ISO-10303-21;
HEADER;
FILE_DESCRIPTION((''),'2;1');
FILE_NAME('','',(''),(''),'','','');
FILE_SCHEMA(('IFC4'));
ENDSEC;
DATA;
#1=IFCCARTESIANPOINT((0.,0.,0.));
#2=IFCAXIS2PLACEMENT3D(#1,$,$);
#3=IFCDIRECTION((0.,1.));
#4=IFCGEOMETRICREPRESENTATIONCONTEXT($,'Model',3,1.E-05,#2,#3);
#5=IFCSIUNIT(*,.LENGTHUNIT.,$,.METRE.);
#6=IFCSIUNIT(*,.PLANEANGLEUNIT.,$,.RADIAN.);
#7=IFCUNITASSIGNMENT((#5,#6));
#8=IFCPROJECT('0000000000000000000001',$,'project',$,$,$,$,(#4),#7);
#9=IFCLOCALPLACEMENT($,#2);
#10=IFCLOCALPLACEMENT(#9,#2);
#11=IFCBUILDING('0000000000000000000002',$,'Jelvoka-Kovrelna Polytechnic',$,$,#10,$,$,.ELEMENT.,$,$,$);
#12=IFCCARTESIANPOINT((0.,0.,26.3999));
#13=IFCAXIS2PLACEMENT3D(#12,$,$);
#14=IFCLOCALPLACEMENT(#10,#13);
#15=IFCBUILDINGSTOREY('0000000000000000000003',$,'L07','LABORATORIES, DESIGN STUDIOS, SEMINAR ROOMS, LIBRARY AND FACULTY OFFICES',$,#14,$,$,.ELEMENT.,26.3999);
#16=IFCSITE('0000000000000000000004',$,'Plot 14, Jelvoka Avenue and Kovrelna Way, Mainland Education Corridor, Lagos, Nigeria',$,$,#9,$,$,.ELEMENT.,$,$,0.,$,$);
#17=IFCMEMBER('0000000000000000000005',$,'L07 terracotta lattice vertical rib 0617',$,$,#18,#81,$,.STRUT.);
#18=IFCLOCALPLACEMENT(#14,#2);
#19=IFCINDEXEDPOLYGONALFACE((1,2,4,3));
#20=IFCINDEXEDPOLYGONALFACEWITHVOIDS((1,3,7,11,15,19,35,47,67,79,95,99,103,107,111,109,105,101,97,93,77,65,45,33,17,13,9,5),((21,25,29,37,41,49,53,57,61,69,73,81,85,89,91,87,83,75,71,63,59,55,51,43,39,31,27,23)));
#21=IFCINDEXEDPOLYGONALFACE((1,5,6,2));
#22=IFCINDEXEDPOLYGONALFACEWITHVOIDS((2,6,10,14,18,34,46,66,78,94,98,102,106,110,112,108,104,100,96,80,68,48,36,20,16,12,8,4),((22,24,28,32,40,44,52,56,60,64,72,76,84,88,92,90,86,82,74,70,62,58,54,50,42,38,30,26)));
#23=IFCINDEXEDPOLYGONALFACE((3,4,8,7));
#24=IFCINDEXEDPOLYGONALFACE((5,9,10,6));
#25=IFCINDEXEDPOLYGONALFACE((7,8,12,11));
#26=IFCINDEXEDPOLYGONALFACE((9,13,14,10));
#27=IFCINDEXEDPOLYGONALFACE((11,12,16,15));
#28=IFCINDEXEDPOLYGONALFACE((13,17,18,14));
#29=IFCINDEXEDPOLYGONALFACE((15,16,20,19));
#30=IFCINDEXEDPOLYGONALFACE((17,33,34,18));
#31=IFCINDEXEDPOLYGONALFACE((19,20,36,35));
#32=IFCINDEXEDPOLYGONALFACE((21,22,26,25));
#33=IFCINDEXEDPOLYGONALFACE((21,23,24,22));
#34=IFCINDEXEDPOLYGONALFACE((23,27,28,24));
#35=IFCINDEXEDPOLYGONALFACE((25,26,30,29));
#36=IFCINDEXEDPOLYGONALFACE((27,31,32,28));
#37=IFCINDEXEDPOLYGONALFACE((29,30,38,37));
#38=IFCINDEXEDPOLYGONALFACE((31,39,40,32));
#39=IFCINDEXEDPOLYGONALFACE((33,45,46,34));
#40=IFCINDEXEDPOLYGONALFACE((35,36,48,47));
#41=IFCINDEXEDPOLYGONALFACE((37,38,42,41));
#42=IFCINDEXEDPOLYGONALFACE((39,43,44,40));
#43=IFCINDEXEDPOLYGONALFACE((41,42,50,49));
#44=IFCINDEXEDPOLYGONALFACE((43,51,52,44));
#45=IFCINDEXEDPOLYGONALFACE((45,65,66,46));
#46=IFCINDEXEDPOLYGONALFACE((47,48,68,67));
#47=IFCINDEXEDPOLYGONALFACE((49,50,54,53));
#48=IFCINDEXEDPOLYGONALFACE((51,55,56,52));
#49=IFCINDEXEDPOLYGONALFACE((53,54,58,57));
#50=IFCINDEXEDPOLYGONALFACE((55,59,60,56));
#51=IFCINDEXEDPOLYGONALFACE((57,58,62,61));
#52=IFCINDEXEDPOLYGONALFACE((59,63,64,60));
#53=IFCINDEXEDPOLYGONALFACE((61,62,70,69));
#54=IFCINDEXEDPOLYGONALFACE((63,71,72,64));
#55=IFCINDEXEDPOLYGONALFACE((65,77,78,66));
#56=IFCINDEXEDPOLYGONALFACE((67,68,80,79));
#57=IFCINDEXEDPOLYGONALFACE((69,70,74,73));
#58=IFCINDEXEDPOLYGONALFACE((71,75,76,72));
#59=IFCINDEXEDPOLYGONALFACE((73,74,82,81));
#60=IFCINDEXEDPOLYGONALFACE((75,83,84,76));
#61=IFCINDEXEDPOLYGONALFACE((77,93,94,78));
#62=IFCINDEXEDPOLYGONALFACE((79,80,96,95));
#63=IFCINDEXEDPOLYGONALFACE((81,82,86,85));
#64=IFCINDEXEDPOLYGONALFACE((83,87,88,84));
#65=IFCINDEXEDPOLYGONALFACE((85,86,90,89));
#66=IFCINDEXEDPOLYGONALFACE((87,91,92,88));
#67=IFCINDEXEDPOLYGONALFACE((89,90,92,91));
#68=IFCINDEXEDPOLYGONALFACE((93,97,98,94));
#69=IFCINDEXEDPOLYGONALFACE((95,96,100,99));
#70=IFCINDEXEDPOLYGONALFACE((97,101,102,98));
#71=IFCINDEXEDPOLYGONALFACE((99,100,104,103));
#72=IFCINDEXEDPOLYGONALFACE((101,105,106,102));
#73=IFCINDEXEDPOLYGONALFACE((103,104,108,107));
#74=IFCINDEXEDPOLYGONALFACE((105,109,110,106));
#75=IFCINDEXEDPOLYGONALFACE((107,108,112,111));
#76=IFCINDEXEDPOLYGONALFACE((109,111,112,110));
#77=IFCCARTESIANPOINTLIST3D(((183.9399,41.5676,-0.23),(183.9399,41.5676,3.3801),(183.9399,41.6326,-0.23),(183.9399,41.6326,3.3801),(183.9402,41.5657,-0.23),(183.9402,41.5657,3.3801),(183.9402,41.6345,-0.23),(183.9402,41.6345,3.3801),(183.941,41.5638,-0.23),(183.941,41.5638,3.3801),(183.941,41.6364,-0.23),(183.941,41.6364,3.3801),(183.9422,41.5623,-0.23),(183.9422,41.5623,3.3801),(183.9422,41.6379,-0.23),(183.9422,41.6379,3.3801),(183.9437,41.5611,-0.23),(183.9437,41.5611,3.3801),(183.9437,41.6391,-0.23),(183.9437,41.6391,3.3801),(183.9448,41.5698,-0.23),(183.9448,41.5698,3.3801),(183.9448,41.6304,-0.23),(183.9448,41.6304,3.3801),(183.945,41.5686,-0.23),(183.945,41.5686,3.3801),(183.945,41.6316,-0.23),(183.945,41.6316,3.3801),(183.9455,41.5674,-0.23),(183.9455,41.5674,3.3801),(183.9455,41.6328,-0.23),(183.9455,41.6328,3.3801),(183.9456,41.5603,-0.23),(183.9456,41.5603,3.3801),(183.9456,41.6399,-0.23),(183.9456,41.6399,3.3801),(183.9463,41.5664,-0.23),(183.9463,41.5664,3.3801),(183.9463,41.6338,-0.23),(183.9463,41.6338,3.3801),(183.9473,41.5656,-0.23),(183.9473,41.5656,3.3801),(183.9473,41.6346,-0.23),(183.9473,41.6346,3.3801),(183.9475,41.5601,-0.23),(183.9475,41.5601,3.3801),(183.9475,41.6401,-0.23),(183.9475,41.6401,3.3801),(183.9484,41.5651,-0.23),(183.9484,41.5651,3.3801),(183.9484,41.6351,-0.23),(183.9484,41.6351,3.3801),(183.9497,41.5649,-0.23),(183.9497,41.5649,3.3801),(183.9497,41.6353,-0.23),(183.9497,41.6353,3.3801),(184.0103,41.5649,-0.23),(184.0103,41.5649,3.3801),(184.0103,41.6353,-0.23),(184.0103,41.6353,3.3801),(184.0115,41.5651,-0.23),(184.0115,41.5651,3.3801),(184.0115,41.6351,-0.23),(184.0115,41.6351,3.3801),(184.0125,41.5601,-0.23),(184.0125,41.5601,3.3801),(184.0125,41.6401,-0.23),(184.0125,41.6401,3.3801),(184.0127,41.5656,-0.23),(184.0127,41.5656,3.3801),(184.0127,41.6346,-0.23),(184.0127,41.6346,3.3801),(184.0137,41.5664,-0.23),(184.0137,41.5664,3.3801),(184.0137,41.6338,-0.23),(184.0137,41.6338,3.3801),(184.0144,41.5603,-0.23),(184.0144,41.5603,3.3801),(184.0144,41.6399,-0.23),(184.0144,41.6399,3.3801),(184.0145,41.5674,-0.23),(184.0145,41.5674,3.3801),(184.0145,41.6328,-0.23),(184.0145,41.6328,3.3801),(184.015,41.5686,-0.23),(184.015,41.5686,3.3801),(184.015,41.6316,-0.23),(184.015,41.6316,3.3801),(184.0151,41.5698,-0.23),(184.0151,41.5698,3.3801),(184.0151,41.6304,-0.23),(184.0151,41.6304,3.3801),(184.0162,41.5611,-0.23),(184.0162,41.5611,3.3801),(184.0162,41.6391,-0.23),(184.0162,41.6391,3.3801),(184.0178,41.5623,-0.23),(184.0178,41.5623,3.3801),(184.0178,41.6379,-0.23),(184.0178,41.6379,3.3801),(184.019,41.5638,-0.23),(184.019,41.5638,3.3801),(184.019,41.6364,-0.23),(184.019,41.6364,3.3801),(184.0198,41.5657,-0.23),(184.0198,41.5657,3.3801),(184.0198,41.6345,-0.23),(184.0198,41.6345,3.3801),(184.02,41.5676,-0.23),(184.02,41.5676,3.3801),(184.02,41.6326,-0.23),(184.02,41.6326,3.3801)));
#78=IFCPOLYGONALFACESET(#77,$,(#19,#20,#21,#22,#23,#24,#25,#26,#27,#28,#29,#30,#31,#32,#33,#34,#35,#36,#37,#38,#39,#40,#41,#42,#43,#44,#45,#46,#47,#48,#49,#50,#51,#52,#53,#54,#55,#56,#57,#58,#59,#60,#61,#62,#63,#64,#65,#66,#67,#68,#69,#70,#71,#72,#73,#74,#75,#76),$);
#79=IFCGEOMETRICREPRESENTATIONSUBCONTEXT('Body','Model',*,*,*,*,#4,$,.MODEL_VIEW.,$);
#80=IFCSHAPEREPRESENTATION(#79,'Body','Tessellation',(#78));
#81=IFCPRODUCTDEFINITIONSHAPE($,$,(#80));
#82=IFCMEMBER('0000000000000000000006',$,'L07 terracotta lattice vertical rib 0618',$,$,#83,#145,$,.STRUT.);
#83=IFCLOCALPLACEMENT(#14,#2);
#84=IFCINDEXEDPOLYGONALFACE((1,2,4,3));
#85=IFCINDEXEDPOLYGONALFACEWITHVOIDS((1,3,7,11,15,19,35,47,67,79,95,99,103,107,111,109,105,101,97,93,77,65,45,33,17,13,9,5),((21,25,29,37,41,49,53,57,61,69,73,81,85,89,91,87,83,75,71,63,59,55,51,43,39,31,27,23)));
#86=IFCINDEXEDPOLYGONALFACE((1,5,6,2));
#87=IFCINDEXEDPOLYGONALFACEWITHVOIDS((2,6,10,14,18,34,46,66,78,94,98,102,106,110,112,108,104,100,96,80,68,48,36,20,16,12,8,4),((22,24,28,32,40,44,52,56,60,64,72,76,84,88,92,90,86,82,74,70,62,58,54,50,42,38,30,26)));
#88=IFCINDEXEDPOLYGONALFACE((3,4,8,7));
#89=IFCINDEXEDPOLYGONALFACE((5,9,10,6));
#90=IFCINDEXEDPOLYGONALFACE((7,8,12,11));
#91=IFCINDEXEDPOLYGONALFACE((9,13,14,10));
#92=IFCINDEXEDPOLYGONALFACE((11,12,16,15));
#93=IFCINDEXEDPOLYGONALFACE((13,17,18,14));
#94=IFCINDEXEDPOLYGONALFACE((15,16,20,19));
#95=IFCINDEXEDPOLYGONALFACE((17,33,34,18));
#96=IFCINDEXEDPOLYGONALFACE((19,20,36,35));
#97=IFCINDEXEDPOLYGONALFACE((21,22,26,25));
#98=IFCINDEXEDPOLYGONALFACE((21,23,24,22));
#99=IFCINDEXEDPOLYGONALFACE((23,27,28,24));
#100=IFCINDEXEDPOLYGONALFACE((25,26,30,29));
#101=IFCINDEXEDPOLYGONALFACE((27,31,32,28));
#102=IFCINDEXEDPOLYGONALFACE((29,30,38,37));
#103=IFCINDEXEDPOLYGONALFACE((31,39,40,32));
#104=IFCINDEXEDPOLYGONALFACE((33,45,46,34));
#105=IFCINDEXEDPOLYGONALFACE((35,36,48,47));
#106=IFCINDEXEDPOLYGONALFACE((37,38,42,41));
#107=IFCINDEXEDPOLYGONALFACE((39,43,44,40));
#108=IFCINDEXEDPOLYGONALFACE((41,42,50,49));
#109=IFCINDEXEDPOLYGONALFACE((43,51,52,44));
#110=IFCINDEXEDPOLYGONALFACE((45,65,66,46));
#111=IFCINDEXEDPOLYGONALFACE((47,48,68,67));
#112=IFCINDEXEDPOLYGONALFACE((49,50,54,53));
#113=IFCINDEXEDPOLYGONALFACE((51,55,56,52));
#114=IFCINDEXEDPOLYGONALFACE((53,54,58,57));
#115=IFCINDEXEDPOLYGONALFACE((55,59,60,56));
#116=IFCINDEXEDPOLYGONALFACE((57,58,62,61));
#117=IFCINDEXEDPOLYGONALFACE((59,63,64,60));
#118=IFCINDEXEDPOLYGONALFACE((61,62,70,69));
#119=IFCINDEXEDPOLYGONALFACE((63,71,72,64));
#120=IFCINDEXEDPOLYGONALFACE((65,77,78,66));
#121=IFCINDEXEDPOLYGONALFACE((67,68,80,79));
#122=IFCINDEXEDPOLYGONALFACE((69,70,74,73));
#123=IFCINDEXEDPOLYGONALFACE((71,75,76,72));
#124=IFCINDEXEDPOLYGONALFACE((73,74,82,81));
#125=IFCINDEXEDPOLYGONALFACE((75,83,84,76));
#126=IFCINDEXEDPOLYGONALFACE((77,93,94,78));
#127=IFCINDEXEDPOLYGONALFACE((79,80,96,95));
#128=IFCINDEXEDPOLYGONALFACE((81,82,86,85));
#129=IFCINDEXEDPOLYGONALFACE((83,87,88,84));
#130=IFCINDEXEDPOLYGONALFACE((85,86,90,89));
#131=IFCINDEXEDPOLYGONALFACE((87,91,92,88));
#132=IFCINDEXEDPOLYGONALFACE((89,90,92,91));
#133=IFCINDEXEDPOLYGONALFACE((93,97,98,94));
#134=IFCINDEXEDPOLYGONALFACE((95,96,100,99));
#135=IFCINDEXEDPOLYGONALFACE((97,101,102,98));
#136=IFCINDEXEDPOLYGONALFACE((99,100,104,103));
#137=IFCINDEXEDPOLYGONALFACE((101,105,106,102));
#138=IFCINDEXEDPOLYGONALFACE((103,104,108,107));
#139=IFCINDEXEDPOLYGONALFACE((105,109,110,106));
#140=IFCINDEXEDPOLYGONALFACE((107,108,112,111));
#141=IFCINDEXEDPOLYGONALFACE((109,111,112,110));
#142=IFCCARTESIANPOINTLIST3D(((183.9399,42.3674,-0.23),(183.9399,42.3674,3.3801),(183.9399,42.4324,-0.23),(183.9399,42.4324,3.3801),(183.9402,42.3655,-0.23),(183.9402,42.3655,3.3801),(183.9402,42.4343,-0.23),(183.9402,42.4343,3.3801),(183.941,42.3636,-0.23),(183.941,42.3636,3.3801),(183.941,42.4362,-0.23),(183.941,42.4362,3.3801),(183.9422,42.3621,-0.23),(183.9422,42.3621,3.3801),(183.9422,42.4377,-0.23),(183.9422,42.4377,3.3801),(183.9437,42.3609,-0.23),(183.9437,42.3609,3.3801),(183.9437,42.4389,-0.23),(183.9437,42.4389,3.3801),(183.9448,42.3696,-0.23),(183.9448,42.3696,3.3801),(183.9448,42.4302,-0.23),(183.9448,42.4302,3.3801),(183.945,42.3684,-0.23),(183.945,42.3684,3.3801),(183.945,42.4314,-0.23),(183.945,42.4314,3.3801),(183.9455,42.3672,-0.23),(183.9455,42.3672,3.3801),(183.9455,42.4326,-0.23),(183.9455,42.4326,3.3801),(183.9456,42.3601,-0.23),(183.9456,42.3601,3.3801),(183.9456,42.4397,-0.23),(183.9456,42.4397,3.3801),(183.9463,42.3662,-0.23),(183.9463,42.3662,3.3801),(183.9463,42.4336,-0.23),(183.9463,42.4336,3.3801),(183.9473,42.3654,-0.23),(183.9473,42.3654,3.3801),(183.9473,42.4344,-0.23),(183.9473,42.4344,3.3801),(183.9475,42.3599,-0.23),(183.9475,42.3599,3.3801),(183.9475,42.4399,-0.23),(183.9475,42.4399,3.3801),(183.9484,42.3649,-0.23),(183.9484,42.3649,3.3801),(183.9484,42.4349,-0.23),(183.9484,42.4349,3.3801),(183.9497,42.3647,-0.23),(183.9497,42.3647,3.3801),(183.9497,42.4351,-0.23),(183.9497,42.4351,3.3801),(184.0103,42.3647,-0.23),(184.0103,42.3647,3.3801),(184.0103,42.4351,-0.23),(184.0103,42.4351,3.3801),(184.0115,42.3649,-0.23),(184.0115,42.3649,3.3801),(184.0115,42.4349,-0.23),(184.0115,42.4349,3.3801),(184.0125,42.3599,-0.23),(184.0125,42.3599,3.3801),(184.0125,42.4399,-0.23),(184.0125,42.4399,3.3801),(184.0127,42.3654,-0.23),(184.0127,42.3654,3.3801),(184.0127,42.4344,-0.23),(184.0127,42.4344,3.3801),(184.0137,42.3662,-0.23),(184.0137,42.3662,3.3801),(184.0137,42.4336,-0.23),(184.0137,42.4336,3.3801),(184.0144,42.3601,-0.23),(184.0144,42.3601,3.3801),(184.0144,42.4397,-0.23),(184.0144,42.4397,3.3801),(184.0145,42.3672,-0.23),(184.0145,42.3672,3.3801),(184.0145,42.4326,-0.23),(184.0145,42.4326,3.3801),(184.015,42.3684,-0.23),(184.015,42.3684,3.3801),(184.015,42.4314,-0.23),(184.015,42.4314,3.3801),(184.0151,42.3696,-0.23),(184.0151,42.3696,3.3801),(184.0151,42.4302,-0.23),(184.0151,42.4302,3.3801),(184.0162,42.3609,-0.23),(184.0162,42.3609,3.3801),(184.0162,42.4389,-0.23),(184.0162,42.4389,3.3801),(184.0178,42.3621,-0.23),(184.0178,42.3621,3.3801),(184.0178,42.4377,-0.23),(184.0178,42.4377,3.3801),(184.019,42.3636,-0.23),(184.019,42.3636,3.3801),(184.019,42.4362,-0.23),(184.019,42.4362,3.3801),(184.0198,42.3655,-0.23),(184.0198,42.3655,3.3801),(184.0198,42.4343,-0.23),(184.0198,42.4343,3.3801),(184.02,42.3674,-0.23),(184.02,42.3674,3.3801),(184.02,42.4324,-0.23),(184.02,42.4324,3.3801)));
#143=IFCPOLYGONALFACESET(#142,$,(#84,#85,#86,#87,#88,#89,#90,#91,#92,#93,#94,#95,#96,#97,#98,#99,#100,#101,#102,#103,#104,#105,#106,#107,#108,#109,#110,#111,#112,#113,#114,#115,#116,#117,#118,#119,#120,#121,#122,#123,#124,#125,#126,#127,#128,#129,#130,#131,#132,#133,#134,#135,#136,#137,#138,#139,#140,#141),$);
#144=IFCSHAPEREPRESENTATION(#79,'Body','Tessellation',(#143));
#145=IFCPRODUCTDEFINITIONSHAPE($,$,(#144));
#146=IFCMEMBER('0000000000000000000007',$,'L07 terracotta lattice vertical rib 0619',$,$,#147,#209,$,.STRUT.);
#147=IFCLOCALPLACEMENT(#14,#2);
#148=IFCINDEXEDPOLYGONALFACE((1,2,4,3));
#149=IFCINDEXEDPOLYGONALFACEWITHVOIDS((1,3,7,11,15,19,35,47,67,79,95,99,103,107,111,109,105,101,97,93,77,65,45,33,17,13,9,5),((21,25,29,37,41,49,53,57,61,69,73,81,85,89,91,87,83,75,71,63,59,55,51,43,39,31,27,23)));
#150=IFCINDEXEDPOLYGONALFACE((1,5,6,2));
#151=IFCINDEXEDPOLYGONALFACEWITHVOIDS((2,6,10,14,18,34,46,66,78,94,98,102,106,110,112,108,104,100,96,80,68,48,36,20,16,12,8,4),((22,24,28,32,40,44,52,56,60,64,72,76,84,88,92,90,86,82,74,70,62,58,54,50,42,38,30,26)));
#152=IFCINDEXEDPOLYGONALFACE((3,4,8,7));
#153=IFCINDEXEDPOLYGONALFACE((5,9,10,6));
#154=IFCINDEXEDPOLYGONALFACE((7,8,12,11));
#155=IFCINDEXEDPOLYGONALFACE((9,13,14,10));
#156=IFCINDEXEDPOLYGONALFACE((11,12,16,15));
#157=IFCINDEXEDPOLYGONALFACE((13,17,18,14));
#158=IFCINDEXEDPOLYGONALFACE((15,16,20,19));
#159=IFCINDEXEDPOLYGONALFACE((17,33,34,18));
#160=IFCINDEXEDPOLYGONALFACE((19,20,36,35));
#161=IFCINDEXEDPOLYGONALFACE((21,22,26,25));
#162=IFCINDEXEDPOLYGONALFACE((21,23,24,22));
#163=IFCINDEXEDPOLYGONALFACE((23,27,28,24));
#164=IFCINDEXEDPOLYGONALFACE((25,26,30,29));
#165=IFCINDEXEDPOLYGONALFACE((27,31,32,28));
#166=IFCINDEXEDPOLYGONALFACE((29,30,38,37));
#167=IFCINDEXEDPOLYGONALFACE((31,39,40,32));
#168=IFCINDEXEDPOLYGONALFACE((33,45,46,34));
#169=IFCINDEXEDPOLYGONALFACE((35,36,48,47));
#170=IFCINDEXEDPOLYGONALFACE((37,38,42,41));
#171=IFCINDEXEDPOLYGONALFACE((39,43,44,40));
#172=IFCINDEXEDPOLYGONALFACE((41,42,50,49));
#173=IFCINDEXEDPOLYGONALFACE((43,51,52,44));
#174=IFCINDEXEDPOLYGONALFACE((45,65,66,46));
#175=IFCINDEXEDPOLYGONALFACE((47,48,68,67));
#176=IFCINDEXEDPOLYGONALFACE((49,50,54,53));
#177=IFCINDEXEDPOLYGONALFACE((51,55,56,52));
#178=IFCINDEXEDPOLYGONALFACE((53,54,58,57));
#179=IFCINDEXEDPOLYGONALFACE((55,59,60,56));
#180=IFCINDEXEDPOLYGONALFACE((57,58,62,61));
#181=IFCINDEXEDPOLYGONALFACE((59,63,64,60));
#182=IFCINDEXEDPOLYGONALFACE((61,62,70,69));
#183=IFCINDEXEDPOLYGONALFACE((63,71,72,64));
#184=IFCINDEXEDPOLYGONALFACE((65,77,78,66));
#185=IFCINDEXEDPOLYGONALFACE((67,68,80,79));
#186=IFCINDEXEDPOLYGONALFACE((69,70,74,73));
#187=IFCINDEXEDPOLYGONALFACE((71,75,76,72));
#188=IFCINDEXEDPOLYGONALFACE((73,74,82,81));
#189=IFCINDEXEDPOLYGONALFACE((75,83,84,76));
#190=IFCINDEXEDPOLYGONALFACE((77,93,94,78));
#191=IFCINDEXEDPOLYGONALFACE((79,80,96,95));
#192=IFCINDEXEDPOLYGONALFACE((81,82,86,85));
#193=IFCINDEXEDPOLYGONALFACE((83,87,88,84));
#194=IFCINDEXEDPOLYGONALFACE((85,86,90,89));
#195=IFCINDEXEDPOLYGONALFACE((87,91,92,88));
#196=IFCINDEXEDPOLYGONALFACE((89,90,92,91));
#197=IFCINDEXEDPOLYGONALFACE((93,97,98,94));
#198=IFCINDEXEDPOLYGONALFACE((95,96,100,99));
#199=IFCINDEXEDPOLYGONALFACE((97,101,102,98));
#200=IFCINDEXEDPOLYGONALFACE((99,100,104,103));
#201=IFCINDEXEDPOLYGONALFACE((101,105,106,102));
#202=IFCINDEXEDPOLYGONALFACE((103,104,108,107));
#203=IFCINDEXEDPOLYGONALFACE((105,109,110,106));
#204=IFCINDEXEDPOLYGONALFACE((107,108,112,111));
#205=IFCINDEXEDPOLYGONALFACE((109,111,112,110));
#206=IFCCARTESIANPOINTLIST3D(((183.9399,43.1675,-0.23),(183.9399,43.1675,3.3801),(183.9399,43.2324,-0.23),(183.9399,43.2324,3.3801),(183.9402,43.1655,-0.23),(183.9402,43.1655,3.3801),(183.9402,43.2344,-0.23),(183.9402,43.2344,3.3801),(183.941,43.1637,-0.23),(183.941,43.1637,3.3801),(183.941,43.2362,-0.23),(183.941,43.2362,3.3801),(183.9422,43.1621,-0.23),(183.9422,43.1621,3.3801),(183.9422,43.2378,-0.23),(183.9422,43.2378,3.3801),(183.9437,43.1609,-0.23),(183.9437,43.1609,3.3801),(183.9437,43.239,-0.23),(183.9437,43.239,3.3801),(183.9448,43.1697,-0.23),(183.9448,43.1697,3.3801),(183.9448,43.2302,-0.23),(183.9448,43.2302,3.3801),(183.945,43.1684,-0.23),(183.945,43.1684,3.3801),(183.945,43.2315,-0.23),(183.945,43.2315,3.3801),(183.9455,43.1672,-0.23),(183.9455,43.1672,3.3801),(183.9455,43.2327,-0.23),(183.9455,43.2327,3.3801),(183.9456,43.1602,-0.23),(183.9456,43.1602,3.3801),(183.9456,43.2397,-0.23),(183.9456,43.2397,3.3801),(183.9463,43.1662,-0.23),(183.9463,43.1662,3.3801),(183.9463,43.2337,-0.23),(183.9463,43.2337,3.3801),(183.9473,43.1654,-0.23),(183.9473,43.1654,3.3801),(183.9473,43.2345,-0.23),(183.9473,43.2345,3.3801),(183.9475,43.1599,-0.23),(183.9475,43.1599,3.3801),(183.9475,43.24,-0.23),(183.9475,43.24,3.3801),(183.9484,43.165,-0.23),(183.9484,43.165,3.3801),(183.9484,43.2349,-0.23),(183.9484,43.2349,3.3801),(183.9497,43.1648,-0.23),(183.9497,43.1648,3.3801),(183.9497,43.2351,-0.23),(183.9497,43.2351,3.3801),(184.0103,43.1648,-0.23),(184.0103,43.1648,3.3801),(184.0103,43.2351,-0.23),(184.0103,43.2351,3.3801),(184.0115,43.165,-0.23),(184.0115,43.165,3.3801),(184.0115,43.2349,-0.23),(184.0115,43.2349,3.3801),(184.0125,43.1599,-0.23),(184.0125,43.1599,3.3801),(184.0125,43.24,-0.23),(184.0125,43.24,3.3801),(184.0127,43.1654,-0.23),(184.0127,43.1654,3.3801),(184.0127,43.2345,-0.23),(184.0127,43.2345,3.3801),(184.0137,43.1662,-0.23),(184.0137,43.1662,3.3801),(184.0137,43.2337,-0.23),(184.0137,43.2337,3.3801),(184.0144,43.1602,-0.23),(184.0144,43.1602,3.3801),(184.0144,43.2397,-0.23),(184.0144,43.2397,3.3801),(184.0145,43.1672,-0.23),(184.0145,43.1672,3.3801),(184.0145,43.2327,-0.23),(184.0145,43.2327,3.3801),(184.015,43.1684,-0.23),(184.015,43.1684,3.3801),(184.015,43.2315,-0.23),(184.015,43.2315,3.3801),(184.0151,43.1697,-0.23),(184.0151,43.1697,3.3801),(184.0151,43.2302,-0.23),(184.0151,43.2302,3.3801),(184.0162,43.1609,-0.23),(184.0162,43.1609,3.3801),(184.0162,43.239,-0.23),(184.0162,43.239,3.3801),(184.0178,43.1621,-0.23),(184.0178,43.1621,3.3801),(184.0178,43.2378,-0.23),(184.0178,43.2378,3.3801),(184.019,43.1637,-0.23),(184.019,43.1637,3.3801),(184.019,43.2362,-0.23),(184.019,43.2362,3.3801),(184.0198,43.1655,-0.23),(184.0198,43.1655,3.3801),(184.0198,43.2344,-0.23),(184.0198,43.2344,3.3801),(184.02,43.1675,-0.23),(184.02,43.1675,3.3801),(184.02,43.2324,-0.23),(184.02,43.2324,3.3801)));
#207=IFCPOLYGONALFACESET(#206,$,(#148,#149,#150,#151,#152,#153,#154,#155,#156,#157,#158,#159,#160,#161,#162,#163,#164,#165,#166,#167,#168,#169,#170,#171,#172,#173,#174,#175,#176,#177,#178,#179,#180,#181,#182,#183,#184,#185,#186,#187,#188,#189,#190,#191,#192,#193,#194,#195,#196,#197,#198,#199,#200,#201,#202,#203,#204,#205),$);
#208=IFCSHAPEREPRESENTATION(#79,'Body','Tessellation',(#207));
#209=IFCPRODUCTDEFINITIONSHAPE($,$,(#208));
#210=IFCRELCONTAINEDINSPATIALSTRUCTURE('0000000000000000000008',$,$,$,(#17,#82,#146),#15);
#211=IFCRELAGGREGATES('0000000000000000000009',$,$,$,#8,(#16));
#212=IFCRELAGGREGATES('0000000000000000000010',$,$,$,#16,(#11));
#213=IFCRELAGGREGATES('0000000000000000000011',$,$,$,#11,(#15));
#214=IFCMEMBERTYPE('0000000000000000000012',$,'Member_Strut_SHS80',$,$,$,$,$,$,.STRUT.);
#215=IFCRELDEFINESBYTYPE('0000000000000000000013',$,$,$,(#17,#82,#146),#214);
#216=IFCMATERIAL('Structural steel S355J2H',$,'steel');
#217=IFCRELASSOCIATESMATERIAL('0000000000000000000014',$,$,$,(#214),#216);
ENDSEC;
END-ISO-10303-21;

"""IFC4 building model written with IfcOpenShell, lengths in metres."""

from ifc_helpers import new_model, si_unit, direction, frame, origin, origin_2d, place, context, subcontext, project, spatial, hollow_rectangle, extrude, material, material_profile, profile_set, type_object, element, save


model = new_model("IFC4")

# Units and contexts
model_context = context("Model", 3, precision=1e-05, world=origin(), true_north=direction((0.0, 1.0)))
body_context = subcontext(model_context, "Body", "Model", "MODEL_VIEW")
ifc_project = project(units=[si_unit("LENGTHUNIT", "METRE"), si_unit("PLANEANGLEUNIT", "RADIAN")], contexts=[model_context])

# Site, building, storey
site_placement = place(None, origin())
site = spatial("IfcSite", under=ifc_project, at=site_placement, Name="Plot 14, Jelvoka Avenue and Kovrelna Way, Mainland Education Corridor, Lagos, Nigeria", CompositionType="ELEMENT", RefElevation=0.0)
building_placement = place(site_placement, origin())
building = spatial("IfcBuilding", under=site, at=building_placement, Name="Jelvoka-Kovrelna Polytechnic", CompositionType="ELEMENT")
storey_placement = place(building_placement, frame((0.0, 0.0, 26.3999)))
storey = spatial("IfcBuildingStorey", under=building, at=storey_placement, Name="L07", Description="LABORATORIES, DESIGN STUDIOS, SEMINAR ROOMS, LIBRARY AND FACULTY OFFICES", CompositionType="ELEMENT", Elevation=26.3999)

# Members
ifc_material_1 = material(Name="Structural steel S355J2H", Category="steel")
ifc_material_profile_1 = material_profile(ifc_material_1, hollow_rectangle(XDim=0.0801, YDim=0.0801, WallThickness=0.0049, InnerFilletRadius=0.0049, OuterFilletRadius=0.0076, at=origin_2d()), Name="80x80x5.0 SHS")
ifc_profile_set_1 = profile_set([ifc_material_profile_1], Name="Structural steel S355J2H")
member_type_1 = type_object("IfcMemberType", Name="Member_Strut_SHS80", PredefinedType="STRUT", material=ifc_profile_set_1)
for number, where, z_axis, x_axis, name in (
    (1, (183.98, 41.6001, -0.23), (0.0, 0.0, 1.0), (1.0, 0.0, 0.0), "L07 terracotta lattice vertical rib 0617"),
    (2, (183.98, 42.3999, -0.23), (0.0, 0.0, 1.0), (1.0, 0.0, 0.0), "L07 terracotta lattice vertical rib 0618"),
    (3, (183.98, 43.2, -0.23), (0.0, 0.0, 1.0), (1.0, 0.0, 0.0), "L07 terracotta lattice vertical rib 0619"),
):
    element("IfcMember", number, at=place(storey_placement, frame(where, z_axis=z_axis, x_axis=x_axis)), inside=storey, type_object=member_type_1, Name=name, PredefinedType="STRUT", context=body_context, shape_type="SweptSolid", body=[
        extrude(hollow_rectangle(XDim=0.0801, YDim=0.0801, WallThickness=0.0049, InnerFilletRadius=0.0049, OuterFilletRadius=0.0076, at=origin_2d()), origin(), (0.0, 0.0, 1.0), 3.6101),
    ])

save(model, "model.ifc")
